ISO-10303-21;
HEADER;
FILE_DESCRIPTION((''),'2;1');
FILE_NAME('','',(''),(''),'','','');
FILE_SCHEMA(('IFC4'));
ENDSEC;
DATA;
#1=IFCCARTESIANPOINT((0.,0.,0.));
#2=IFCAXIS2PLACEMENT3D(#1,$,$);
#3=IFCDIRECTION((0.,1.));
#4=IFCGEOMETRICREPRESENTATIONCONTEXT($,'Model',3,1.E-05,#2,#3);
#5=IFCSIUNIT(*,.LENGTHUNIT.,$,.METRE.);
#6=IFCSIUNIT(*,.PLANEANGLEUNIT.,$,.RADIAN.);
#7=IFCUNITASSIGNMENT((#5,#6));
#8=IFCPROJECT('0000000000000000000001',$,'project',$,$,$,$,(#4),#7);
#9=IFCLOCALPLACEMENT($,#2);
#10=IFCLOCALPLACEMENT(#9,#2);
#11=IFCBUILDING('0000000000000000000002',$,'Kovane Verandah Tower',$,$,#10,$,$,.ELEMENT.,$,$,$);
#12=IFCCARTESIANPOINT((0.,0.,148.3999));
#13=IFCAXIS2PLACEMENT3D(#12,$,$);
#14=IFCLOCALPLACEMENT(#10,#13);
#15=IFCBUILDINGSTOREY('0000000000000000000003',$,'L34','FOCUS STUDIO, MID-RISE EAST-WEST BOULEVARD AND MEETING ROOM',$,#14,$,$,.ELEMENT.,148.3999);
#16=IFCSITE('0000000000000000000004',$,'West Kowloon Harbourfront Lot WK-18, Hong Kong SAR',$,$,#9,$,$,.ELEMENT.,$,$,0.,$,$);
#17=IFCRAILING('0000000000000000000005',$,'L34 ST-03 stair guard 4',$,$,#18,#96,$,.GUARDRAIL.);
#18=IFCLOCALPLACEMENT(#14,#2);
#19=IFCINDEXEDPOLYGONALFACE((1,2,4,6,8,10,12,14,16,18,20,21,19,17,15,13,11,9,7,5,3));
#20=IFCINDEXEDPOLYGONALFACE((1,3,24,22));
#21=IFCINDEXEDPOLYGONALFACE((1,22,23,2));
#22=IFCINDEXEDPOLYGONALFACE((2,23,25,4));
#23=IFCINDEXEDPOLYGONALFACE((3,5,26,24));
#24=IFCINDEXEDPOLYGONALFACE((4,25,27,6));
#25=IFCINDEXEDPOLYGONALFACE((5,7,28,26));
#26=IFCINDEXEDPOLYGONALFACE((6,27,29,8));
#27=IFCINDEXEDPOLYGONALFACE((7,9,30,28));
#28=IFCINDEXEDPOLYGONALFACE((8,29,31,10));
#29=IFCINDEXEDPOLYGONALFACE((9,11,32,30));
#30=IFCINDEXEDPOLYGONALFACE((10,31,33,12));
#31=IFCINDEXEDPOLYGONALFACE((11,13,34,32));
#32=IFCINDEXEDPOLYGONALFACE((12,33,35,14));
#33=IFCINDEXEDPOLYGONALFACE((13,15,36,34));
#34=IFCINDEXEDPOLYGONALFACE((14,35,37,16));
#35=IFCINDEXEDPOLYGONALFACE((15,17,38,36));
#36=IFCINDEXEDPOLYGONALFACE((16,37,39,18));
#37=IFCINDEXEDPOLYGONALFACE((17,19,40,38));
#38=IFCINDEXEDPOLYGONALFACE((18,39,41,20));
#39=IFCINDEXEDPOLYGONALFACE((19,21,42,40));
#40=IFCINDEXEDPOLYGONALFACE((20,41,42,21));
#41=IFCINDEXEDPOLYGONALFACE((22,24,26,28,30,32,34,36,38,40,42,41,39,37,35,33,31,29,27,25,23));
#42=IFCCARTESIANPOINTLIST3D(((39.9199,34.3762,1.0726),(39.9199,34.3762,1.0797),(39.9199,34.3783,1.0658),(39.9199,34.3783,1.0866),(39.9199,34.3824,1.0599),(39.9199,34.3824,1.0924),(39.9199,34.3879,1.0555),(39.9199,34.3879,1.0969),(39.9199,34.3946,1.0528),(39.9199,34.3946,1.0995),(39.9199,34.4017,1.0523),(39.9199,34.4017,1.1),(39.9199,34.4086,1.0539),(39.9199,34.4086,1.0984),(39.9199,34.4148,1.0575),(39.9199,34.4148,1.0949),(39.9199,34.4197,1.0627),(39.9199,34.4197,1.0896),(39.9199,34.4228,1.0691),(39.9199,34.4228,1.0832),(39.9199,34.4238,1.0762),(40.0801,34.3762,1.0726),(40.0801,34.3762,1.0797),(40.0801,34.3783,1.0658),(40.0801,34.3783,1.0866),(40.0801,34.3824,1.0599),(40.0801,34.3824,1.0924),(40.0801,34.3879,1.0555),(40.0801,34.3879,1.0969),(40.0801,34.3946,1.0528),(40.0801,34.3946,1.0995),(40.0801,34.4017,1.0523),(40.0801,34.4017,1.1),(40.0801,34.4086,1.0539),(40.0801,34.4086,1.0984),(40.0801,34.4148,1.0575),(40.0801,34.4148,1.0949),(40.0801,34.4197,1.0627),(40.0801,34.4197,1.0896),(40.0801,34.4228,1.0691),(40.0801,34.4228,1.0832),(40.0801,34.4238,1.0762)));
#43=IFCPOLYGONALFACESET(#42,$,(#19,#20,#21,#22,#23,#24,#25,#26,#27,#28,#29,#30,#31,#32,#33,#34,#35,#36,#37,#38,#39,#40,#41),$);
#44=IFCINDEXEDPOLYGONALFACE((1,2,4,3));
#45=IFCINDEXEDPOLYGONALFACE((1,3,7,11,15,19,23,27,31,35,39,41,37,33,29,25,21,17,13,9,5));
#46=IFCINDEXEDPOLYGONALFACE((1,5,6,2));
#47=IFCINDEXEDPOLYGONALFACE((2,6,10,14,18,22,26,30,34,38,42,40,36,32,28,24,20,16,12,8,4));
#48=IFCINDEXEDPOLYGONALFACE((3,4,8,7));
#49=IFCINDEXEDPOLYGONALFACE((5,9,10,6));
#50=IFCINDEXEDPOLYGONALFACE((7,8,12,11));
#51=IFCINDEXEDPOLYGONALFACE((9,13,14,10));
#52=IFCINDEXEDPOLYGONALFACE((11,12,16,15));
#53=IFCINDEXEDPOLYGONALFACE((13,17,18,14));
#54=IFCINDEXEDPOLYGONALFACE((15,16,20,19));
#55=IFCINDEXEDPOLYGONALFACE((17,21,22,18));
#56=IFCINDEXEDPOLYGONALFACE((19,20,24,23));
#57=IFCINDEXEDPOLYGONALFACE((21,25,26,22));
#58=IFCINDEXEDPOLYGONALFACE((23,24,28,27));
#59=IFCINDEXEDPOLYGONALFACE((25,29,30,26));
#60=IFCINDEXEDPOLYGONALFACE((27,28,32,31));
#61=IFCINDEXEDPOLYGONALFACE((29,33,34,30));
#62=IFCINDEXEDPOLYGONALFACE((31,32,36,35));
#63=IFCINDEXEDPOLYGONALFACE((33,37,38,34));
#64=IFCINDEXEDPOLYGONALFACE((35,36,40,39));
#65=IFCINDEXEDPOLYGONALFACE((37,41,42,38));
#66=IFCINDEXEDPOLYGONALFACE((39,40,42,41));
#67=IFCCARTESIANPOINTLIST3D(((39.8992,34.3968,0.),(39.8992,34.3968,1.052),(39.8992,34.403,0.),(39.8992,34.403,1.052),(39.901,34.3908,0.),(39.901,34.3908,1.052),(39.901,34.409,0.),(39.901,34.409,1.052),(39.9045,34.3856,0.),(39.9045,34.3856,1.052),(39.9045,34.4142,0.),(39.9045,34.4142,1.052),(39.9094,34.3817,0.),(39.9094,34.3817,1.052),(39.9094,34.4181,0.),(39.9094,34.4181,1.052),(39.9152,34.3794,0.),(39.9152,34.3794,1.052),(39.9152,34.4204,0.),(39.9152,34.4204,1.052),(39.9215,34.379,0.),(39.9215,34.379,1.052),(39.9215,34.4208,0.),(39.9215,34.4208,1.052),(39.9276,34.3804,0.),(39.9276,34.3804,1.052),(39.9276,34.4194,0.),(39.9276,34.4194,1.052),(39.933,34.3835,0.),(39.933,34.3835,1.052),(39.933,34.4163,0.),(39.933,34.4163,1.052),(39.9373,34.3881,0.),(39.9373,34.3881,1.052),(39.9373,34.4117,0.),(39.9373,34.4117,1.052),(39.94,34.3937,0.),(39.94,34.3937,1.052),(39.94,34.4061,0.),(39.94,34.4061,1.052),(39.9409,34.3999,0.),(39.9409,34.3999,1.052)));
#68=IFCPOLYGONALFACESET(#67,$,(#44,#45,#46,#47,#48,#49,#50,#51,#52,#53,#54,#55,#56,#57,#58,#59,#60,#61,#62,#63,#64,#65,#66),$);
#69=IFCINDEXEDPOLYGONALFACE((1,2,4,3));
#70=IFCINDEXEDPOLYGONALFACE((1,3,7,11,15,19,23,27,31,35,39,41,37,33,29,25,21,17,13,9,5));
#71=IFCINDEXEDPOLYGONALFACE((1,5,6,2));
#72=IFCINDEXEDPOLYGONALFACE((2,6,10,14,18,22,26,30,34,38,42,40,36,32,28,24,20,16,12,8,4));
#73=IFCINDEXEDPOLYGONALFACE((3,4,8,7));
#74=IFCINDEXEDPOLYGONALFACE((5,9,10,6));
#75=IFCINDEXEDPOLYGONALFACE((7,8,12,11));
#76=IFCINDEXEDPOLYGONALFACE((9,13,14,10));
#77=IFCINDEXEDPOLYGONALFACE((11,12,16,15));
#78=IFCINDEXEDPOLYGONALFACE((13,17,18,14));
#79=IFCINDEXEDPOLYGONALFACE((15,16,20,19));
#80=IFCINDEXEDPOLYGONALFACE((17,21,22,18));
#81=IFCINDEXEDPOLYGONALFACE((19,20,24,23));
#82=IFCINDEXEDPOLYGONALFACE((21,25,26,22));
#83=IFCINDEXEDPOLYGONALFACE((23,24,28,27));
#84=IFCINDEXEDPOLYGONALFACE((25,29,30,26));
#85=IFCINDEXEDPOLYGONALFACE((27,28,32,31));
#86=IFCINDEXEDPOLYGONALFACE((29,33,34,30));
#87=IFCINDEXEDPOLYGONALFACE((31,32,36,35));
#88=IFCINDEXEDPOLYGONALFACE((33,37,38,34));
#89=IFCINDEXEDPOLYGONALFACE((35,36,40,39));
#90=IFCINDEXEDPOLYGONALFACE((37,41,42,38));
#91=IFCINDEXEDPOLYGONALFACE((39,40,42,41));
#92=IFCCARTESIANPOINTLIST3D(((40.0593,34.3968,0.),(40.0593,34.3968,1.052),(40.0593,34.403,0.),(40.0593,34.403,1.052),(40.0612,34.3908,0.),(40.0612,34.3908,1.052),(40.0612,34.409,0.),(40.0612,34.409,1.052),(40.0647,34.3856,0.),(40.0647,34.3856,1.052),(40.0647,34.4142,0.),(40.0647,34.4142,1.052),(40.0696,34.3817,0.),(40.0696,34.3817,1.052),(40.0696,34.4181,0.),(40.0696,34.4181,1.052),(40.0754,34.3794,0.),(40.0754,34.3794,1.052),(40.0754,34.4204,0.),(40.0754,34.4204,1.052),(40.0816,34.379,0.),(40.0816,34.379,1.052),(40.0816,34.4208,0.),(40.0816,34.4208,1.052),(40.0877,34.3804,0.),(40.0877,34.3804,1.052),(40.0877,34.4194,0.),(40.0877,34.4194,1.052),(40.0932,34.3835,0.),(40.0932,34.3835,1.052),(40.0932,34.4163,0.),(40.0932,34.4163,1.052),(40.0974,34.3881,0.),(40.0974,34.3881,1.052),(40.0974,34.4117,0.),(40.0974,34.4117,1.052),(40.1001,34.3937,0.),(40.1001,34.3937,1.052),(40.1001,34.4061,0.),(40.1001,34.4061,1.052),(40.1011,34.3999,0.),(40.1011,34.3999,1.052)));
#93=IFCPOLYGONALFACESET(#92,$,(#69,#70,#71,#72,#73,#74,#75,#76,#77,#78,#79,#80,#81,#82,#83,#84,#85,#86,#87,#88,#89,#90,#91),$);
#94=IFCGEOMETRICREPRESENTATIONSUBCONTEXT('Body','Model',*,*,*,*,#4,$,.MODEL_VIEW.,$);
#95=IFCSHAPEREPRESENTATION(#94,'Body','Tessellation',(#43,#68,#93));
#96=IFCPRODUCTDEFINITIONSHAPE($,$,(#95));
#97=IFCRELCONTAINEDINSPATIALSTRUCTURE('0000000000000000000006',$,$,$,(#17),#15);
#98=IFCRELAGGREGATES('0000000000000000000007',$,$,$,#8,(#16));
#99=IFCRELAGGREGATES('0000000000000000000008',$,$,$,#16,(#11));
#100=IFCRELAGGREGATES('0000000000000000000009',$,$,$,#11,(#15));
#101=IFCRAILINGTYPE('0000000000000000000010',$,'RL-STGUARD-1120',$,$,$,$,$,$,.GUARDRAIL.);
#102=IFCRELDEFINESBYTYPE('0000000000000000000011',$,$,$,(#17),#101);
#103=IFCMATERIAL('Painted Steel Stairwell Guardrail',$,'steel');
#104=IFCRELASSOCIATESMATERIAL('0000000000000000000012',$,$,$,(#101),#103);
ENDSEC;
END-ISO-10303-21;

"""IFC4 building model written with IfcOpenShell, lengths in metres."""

from ifc_helpers import new_model, si_unit, direction, frame, origin, origin_2d, place, context, subcontext, project, spatial, circle, extrude, material, type_object, element, save


model = new_model("IFC4")

# Units and contexts
model_context = context("Model", 3, precision=1e-05, world=origin(), true_north=direction((0.0, 1.0)))
body_context = subcontext(model_context, "Body", "Model", "MODEL_VIEW")
ifc_project = project(units=[si_unit("LENGTHUNIT", "METRE"), si_unit("PLANEANGLEUNIT", "RADIAN")], contexts=[model_context])

# Site, building, storey
site_placement = place(None, origin())
site = spatial("IfcSite", under=ifc_project, at=site_placement, Name="West Kowloon Harbourfront Lot WK-18, Hong Kong SAR", CompositionType="ELEMENT", RefElevation=0.0)
building_placement = place(site_placement, origin())
building = spatial("IfcBuilding", under=site, at=building_placement, Name="Kovane Verandah Tower", CompositionType="ELEMENT")
storey_placement = place(building_placement, frame((0.0, 0.0, 148.3999)))
storey = spatial("IfcBuildingStorey", under=building, at=storey_placement, Name="L34", Description="FOCUS STUDIO, MID-RISE EAST-WEST BOULEVARD AND MEETING ROOM", CompositionType="ELEMENT", Elevation=148.3999)

# Railing
ifc_material_1 = material(Name="Painted Steel Stairwell Guardrail", Category="steel")
railing_type_1 = type_object("IfcRailingType", Name="RL-STGUARD-1120", PredefinedType="GUARDRAIL", material=ifc_material_1)
railing_1_placement = place(storey_placement, frame((39.9199, 34.3999, 0.0)))
element("IfcRailing", 1, at=railing_1_placement, inside=storey, type_object=railing_type_1, Name="L34 ST-03 stair guard 4", PredefinedType="GUARDRAIL", context=body_context, shape_type="SweptSolid", body=[
    extrude(circle(Radius=0.0239, at=origin_2d()), frame((0.0, 0.0, 1.0762), z_axis=(1.0, 0.0, 0.0), x_axis=(0.0, 1.0, 0.0)), (0.0, 0.0, 1.0), 0.1602),
    extrude(circle(Radius=0.021, at=origin_2d()), origin(), (0.0, 0.0, 1.0), 1.052),
    extrude(circle(Radius=0.021, at=origin_2d()), frame((0.1602, 0.0, 0.0)), (0.0, 0.0, 1.0), 1.052),
])

save(model, "model.ifc")
